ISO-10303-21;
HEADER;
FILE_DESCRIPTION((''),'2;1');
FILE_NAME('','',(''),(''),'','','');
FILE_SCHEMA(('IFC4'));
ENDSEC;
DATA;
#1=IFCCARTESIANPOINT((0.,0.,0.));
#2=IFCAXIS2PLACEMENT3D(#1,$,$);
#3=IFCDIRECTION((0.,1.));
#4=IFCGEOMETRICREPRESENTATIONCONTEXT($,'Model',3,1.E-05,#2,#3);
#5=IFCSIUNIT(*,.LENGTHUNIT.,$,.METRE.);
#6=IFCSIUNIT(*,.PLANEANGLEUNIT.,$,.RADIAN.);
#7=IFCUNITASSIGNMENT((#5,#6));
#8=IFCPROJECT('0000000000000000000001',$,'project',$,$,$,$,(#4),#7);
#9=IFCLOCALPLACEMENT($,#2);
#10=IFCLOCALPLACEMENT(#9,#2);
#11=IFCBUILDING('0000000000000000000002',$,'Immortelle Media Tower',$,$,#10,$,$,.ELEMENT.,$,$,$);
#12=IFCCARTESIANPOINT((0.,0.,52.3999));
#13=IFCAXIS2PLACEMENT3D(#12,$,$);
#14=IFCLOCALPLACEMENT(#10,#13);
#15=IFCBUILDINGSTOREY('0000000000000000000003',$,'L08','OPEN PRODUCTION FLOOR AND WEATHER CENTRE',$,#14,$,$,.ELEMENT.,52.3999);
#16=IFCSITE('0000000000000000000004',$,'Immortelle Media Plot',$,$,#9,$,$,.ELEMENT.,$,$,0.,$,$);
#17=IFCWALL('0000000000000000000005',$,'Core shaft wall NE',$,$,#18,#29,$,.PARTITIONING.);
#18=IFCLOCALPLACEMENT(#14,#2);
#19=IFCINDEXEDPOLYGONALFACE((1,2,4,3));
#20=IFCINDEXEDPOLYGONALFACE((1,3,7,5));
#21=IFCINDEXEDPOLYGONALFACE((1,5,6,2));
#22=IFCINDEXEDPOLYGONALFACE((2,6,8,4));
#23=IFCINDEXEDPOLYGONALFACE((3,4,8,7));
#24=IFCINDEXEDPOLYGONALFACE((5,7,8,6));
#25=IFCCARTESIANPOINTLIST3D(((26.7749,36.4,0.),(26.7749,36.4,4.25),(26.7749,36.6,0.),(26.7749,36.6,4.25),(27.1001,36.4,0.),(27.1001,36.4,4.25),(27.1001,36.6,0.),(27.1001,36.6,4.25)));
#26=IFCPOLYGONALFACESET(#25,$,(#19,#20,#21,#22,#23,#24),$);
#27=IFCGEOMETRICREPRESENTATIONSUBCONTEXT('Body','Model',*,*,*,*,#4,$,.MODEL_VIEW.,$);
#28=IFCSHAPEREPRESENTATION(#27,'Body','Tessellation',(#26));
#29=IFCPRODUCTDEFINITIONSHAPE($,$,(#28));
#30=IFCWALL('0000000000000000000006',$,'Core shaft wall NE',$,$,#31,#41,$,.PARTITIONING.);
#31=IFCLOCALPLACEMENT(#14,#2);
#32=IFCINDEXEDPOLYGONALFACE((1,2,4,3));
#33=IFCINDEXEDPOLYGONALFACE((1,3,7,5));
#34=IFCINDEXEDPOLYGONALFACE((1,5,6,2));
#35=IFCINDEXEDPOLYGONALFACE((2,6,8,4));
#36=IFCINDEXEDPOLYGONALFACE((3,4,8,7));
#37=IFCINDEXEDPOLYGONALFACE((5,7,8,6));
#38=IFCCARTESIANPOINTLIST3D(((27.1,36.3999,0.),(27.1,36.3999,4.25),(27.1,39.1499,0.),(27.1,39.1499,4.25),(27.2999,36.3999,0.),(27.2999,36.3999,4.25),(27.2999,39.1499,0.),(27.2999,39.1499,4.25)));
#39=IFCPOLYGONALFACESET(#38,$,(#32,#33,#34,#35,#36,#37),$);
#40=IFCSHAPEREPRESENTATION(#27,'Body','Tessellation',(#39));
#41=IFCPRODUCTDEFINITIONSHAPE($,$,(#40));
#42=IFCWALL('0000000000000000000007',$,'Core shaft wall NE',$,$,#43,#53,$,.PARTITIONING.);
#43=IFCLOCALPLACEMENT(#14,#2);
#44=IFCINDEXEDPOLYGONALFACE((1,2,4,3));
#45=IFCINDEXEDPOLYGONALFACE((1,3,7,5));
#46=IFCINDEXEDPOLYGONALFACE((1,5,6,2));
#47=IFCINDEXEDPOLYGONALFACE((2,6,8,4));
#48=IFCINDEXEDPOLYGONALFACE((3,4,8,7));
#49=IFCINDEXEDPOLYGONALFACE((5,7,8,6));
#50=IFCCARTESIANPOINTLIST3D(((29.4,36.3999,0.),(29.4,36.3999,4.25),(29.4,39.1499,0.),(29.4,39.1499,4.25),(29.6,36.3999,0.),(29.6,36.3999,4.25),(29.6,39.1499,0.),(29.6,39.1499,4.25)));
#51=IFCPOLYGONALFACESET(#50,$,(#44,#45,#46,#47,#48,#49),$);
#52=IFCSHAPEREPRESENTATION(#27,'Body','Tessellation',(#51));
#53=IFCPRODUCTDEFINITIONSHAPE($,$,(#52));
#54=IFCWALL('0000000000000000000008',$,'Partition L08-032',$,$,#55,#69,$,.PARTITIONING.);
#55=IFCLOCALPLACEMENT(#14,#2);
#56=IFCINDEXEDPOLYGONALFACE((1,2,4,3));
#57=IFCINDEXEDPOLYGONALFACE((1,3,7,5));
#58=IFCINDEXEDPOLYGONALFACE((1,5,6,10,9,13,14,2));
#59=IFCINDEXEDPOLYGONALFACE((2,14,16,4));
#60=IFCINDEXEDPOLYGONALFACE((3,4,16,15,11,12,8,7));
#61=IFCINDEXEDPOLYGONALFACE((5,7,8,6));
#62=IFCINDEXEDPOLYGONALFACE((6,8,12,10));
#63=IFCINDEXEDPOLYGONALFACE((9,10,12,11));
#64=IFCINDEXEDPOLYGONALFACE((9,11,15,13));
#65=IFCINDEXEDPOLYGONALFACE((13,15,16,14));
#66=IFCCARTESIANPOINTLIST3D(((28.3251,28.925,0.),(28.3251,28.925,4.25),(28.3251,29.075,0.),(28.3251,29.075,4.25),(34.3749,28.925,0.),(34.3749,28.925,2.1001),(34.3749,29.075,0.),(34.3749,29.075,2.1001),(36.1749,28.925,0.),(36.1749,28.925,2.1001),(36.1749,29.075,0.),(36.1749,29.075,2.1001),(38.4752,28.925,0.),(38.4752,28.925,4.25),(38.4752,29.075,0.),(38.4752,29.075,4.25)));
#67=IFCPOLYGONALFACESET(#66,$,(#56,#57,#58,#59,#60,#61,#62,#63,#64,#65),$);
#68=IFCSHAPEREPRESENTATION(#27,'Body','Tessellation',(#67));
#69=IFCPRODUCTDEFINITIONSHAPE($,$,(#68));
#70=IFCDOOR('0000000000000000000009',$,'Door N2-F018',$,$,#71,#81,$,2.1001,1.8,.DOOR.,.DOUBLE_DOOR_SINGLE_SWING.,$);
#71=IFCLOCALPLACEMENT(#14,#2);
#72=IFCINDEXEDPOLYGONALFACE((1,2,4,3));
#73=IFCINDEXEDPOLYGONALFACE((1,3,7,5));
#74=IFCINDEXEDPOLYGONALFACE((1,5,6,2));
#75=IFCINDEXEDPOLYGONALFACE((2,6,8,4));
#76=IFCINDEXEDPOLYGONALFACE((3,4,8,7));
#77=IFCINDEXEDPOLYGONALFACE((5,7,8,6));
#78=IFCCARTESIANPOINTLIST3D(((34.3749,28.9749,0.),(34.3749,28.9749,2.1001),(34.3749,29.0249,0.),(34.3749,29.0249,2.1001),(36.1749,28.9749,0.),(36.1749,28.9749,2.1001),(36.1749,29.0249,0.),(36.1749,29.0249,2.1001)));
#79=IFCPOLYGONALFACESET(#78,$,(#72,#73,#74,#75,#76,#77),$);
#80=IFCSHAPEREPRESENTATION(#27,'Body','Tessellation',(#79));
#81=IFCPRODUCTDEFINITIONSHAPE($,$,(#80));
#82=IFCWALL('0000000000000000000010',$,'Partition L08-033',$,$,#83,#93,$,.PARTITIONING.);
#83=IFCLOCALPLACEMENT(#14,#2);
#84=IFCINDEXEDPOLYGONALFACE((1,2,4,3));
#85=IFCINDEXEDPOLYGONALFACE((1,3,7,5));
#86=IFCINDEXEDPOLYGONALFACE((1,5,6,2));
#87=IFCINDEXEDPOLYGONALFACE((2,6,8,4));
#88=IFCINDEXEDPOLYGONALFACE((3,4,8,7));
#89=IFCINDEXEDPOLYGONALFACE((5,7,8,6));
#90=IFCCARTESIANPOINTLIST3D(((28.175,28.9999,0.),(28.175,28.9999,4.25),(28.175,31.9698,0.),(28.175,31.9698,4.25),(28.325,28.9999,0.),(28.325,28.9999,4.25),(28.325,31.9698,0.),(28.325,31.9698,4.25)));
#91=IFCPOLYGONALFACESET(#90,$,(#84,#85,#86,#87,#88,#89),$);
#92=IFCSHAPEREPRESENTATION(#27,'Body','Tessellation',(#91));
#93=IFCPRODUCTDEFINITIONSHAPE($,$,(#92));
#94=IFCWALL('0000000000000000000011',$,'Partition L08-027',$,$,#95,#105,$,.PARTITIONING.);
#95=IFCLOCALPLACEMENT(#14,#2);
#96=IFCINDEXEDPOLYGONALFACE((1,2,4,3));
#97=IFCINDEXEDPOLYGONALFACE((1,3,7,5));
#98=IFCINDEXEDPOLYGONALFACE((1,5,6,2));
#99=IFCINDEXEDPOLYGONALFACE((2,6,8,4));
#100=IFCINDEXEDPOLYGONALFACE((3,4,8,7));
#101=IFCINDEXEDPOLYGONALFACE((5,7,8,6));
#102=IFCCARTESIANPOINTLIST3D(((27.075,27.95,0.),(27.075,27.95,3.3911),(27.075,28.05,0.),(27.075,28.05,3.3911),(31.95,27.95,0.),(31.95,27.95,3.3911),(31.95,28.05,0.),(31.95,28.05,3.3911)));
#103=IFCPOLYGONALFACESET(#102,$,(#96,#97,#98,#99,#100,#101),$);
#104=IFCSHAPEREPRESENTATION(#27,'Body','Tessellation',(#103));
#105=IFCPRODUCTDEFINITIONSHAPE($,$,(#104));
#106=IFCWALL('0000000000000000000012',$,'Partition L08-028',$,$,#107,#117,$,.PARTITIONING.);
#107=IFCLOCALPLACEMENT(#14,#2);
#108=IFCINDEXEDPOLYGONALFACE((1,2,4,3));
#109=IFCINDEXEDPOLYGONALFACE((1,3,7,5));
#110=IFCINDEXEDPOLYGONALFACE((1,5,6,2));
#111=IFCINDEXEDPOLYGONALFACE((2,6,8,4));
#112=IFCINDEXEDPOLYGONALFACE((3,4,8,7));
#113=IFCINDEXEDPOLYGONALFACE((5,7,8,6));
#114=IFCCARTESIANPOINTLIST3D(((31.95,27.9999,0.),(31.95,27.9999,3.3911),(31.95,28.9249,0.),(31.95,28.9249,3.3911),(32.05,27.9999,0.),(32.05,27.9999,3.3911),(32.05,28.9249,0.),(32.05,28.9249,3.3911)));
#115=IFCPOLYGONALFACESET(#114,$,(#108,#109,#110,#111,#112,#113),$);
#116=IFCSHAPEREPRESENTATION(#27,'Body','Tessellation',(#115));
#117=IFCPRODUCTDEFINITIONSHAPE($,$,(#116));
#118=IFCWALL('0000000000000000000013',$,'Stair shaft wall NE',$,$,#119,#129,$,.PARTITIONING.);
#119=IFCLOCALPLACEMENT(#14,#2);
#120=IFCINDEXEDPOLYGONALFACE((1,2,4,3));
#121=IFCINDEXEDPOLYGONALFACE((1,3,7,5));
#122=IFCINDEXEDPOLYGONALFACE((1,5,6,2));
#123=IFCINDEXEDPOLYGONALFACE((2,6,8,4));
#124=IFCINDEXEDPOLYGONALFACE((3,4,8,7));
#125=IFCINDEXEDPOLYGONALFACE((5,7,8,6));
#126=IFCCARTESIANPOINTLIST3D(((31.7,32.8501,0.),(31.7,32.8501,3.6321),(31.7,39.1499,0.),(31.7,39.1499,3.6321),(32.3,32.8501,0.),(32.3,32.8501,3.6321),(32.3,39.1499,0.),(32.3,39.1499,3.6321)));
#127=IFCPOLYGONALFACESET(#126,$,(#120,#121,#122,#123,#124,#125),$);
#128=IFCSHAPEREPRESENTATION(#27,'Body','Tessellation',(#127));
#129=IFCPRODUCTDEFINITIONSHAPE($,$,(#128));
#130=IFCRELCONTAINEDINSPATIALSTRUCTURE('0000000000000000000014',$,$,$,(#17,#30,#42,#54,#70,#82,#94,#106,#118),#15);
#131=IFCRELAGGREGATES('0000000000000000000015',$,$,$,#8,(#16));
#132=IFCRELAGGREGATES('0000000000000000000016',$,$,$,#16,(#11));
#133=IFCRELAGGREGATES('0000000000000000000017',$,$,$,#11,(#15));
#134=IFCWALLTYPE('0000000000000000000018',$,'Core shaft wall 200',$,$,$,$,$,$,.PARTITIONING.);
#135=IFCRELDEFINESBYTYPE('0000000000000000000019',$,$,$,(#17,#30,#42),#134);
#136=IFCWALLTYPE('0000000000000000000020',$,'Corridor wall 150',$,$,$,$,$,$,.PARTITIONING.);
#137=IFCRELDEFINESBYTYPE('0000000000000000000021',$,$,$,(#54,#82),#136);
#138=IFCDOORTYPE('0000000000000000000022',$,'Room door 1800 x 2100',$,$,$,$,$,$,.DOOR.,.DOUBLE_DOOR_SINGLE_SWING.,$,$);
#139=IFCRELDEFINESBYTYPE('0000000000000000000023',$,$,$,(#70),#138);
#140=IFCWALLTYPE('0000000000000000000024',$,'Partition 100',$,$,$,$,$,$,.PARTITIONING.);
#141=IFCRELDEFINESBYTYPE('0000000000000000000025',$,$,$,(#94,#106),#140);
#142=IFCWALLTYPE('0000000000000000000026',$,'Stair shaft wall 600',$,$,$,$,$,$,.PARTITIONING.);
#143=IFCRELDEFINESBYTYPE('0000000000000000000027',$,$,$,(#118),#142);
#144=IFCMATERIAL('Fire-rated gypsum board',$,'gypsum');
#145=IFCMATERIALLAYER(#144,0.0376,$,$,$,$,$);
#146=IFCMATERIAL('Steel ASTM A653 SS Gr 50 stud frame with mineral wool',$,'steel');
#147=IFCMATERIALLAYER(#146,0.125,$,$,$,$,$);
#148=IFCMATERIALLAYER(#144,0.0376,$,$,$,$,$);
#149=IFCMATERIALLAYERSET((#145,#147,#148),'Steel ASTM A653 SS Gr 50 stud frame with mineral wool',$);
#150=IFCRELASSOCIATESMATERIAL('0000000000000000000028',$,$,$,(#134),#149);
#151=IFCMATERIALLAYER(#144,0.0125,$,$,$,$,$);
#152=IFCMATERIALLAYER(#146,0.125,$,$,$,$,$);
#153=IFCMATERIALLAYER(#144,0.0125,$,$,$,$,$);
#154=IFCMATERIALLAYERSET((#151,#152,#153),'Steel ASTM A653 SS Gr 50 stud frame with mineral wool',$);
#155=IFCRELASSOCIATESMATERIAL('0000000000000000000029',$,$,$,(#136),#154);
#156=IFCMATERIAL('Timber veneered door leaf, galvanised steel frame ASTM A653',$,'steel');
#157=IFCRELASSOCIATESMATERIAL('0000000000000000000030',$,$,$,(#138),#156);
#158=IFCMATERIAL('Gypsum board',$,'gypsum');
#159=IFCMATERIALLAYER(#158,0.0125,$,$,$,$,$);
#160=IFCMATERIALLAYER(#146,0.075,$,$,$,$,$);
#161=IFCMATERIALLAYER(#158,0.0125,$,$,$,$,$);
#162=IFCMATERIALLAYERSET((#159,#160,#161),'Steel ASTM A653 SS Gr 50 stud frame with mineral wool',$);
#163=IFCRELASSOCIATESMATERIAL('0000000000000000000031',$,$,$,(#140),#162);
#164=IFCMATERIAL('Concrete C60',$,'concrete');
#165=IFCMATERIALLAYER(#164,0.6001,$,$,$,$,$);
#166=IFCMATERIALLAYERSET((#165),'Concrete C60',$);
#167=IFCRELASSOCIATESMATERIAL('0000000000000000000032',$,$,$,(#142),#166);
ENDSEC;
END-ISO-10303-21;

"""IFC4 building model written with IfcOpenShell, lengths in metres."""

from ifc_helpers import new_model, si_unit, direction, frame, frame_2d, origin, place, context, subcontext, project, spatial, rectangle, extrude, material, layer, layer_set, type_object, element, fill, save


model = new_model("IFC4")

# Units and contexts
model_context = context("Model", 3, precision=1e-05, world=origin(), true_north=direction((0.0, 1.0)))
body_context = subcontext(model_context, "Body", "Model", "MODEL_VIEW")
ifc_project = project(units=[si_unit("LENGTHUNIT", "METRE"), si_unit("PLANEANGLEUNIT", "RADIAN")], contexts=[model_context])

# Site, building, storey
site_placement = place(None, origin())
site = spatial("IfcSite", under=ifc_project, at=site_placement, Name="Immortelle Media Plot", CompositionType="ELEMENT", RefElevation=0.0)
building_placement = place(site_placement, origin())
building = spatial("IfcBuilding", under=site, at=building_placement, Name="Immortelle Media Tower", CompositionType="ELEMENT")
storey_placement = place(building_placement, frame((0.0, 0.0, 52.3999)))
storey = spatial("IfcBuildingStorey", under=building, at=storey_placement, Name="L08", Description="OPEN PRODUCTION FLOOR AND WEATHER CENTRE", CompositionType="ELEMENT", Elevation=52.3999)

# Shared definitions
ifc_material_1 = material(Name="Fire-rated gypsum board", Category="gypsum")
ifc_material_2 = material(Name="Steel ASTM A653 SS Gr 50 stud frame with mineral wool", Category="steel")

# Walls
ifc_layer_1 = layer(ifc_material_1, 0.0376)
ifc_layer_2 = layer(ifc_material_2, 0.125)
ifc_layer_3 = layer(ifc_material_1, 0.0376)
ifc_layer_set_1 = layer_set([ifc_layer_1, ifc_layer_2, ifc_layer_3], Name="Steel ASTM A653 SS Gr 50 stud frame with mineral wool")
wall_type_1 = type_object("IfcWallType", Name="Core shaft wall 200", PredefinedType="PARTITIONING", material=ifc_layer_set_1)
wall_1_placement = place(storey_placement, frame((26.7749, 36.5, 0.0), z_axis=(0.0, 0.0, 1.0), x_axis=(1.0, 0.0, 0.0)))
element("IfcWall", 1, at=wall_1_placement, inside=storey, type_object=wall_type_1, Name="Core shaft wall NE", PredefinedType="PARTITIONING", context=body_context, shape_type="SweptSolid", body=[
    extrude(rectangle(XDim=0.3252, YDim=0.2, at=frame_2d((0.1626, 0.0))), origin(), (0.0, 0.0, 1.0), 4.25),
])
for number, where, z_axis, x_axis, name in (
    (2, (27.2, 36.3999, 0.0), (0.0, 0.0, 1.0), (0.0, 1.0, 0.0), "Core shaft wall NE"),
    (3, (29.5, 36.3999, 0.0), (0.0, 0.0, 1.0), (0.0, 1.0, 0.0), "Core shaft wall NE"),
):
    element("IfcWall", number, at=place(storey_placement, frame(where, z_axis=z_axis, x_axis=x_axis)), inside=storey, type_object=wall_type_1, Name=name, PredefinedType="PARTITIONING", context=body_context, shape_type="SweptSolid", body=[
        extrude(rectangle(XDim=2.75, YDim=0.2, at=frame_2d((1.375, 0.0))), origin(), (0.0, 0.0, 1.0), 4.25),
    ])

# Wall, opening, door
ifc_layer_4 = layer(ifc_material_1, 0.0125)
ifc_layer_5 = layer(ifc_material_2, 0.125)
ifc_layer_6 = layer(ifc_material_1, 0.0125)
ifc_layer_set_2 = layer_set([ifc_layer_4, ifc_layer_5, ifc_layer_6], Name="Steel ASTM A653 SS Gr 50 stud frame with mineral wool")
wall_type_2 = type_object("IfcWallType", Name="Corridor wall 150", PredefinedType="PARTITIONING", material=ifc_layer_set_2)
wall_2_placement = place(storey_placement, frame((28.325, 29.0, 0.0), z_axis=(0.0, 0.0, 1.0), x_axis=(1.0, 0.0, 0.0)))
wall_2 = element("IfcWall", 4, at=wall_2_placement, inside=storey, type_object=wall_type_2, Name="Partition L08-032", PredefinedType="PARTITIONING", context=body_context, shape_type="SweptSolid", body=[
    extrude(rectangle(XDim=10.1501, YDim=0.1499, at=frame_2d((5.0752, 0.0))), origin(), (0.0, 0.0, 1.0), 4.25),
])
opening_1_placement = place(wall_2_placement, frame((6.05, 0.0, 0.0)))
opening_1 = element("IfcOpeningElement", 5, at=opening_1_placement, cuts=wall_2, PredefinedType="OPENING", context=body_context, shape_type="SweptSolid", body=[
    extrude(rectangle(XDim=1.8, YDim=2.1001, at=frame_2d((0.8999, 1.05))), frame((0.0, 0.085, 0.0), z_axis=(0.0, -1.0, 0.0), x_axis=(1.0, 0.0, 0.0)), (0.0, 0.0, 1.0), 0.1699),
])
ifc_material_3 = material(Name="Timber veneered door leaf, galvanised steel frame ASTM A653", Category="steel")
door_type_1 = type_object("IfcDoorType", Name="Room door 1800 x 2100", OperationType="DOUBLE_DOOR_SINGLE_SWING", PredefinedType="DOOR", material=ifc_material_3)
door_1_placement = place(opening_1_placement, origin())
door_1 = element("IfcDoor", 6, at=door_1_placement, inside=storey, type_object=door_type_1, Name="Door N2-F018", OperationType="DOUBLE_DOOR_SINGLE_SWING", OverallHeight=2.1001, OverallWidth=1.8, PredefinedType="DOOR", context=body_context, shape_type="SweptSolid", body=[
    extrude(rectangle(XDim=1.8, YDim=2.1001, at=frame_2d((0.8999, 1.05))), frame((0.0, 0.0249, 0.0), z_axis=(0.0, -1.0, 0.0), x_axis=(1.0, 0.0, 0.0)), (0.0, 0.0, 1.0), 0.05),
])
fill(opening_1, door_1)

# Walls
wall_3_placement = place(storey_placement, frame((28.25, 29.0, 0.0), z_axis=(0.0, 0.0, 1.0), x_axis=(0.0, 1.0, 0.0)))
element("IfcWall", 7, at=wall_3_placement, inside=storey, type_object=wall_type_2, Name="Partition L08-033", PredefinedType="PARTITIONING", context=body_context, shape_type="SweptSolid", body=[
    extrude(rectangle(XDim=2.97, YDim=0.1499, at=frame_2d((1.4849, 0.0))), origin(), (0.0, 0.0, 1.0), 4.25),
])
ifc_material_4 = material(Name="Gypsum board", Category="gypsum")
ifc_layer_7 = layer(ifc_material_4, 0.0125)
ifc_layer_8 = layer(ifc_material_2, 0.075)
ifc_layer_9 = layer(ifc_material_4, 0.0125)
ifc_layer_set_3 = layer_set([ifc_layer_7, ifc_layer_8, ifc_layer_9], Name="Steel ASTM A653 SS Gr 50 stud frame with mineral wool")
wall_type_3 = type_object("IfcWallType", Name="Partition 100", PredefinedType="PARTITIONING", material=ifc_layer_set_3)
wall_4_placement = place(storey_placement, frame((27.075, 28.0, 0.0), z_axis=(0.0, 0.0, 1.0), x_axis=(1.0, 0.0, 0.0)))
element("IfcWall", 8, at=wall_4_placement, inside=storey, type_object=wall_type_3, Name="Partition L08-027", PredefinedType="PARTITIONING", context=body_context, shape_type="SweptSolid", body=[
    extrude(rectangle(XDim=4.875, YDim=0.1001, at=frame_2d((2.4375, 0.0))), origin(), (0.0, 0.0, 1.0), 3.3911),
])
wall_5_placement = place(storey_placement, frame((32.0, 28.0, 0.0), z_axis=(0.0, 0.0, 1.0), x_axis=(0.0, 1.0, 0.0)))
element("IfcWall", 9, at=wall_5_placement, inside=storey, type_object=wall_type_3, Name="Partition L08-028", PredefinedType="PARTITIONING", context=body_context, shape_type="SweptSolid", body=[
    extrude(rectangle(XDim=0.925, YDim=0.1001, at=frame_2d((0.4624, 0.0))), origin(), (0.0, 0.0, 1.0), 3.3911),
])
ifc_material_5 = material(Name="Concrete C60", Category="concrete")
ifc_layer_10 = layer(ifc_material_5, 0.6001)
ifc_layer_set_4 = layer_set([ifc_layer_10], Name="Concrete C60")
wall_type_4 = type_object("IfcWallType", Name="Stair shaft wall 600", PredefinedType="PARTITIONING", material=ifc_layer_set_4)
wall_6_placement = place(storey_placement, frame((32.0, 32.8501, 0.0), z_axis=(0.0, 0.0, 1.0), x_axis=(0.0, 1.0, 0.0)))
element("IfcWall", 10, at=wall_6_placement, inside=storey, type_object=wall_type_4, Name="Stair shaft wall NE", PredefinedType="PARTITIONING", context=body_context, shape_type="SweptSolid", body=[
    extrude(rectangle(XDim=6.2998, YDim=0.6001, at=frame_2d((3.1499, 0.0))), origin(), (0.0, 0.0, 1.0), 3.6321),
])

save(model, "model.ifc")
